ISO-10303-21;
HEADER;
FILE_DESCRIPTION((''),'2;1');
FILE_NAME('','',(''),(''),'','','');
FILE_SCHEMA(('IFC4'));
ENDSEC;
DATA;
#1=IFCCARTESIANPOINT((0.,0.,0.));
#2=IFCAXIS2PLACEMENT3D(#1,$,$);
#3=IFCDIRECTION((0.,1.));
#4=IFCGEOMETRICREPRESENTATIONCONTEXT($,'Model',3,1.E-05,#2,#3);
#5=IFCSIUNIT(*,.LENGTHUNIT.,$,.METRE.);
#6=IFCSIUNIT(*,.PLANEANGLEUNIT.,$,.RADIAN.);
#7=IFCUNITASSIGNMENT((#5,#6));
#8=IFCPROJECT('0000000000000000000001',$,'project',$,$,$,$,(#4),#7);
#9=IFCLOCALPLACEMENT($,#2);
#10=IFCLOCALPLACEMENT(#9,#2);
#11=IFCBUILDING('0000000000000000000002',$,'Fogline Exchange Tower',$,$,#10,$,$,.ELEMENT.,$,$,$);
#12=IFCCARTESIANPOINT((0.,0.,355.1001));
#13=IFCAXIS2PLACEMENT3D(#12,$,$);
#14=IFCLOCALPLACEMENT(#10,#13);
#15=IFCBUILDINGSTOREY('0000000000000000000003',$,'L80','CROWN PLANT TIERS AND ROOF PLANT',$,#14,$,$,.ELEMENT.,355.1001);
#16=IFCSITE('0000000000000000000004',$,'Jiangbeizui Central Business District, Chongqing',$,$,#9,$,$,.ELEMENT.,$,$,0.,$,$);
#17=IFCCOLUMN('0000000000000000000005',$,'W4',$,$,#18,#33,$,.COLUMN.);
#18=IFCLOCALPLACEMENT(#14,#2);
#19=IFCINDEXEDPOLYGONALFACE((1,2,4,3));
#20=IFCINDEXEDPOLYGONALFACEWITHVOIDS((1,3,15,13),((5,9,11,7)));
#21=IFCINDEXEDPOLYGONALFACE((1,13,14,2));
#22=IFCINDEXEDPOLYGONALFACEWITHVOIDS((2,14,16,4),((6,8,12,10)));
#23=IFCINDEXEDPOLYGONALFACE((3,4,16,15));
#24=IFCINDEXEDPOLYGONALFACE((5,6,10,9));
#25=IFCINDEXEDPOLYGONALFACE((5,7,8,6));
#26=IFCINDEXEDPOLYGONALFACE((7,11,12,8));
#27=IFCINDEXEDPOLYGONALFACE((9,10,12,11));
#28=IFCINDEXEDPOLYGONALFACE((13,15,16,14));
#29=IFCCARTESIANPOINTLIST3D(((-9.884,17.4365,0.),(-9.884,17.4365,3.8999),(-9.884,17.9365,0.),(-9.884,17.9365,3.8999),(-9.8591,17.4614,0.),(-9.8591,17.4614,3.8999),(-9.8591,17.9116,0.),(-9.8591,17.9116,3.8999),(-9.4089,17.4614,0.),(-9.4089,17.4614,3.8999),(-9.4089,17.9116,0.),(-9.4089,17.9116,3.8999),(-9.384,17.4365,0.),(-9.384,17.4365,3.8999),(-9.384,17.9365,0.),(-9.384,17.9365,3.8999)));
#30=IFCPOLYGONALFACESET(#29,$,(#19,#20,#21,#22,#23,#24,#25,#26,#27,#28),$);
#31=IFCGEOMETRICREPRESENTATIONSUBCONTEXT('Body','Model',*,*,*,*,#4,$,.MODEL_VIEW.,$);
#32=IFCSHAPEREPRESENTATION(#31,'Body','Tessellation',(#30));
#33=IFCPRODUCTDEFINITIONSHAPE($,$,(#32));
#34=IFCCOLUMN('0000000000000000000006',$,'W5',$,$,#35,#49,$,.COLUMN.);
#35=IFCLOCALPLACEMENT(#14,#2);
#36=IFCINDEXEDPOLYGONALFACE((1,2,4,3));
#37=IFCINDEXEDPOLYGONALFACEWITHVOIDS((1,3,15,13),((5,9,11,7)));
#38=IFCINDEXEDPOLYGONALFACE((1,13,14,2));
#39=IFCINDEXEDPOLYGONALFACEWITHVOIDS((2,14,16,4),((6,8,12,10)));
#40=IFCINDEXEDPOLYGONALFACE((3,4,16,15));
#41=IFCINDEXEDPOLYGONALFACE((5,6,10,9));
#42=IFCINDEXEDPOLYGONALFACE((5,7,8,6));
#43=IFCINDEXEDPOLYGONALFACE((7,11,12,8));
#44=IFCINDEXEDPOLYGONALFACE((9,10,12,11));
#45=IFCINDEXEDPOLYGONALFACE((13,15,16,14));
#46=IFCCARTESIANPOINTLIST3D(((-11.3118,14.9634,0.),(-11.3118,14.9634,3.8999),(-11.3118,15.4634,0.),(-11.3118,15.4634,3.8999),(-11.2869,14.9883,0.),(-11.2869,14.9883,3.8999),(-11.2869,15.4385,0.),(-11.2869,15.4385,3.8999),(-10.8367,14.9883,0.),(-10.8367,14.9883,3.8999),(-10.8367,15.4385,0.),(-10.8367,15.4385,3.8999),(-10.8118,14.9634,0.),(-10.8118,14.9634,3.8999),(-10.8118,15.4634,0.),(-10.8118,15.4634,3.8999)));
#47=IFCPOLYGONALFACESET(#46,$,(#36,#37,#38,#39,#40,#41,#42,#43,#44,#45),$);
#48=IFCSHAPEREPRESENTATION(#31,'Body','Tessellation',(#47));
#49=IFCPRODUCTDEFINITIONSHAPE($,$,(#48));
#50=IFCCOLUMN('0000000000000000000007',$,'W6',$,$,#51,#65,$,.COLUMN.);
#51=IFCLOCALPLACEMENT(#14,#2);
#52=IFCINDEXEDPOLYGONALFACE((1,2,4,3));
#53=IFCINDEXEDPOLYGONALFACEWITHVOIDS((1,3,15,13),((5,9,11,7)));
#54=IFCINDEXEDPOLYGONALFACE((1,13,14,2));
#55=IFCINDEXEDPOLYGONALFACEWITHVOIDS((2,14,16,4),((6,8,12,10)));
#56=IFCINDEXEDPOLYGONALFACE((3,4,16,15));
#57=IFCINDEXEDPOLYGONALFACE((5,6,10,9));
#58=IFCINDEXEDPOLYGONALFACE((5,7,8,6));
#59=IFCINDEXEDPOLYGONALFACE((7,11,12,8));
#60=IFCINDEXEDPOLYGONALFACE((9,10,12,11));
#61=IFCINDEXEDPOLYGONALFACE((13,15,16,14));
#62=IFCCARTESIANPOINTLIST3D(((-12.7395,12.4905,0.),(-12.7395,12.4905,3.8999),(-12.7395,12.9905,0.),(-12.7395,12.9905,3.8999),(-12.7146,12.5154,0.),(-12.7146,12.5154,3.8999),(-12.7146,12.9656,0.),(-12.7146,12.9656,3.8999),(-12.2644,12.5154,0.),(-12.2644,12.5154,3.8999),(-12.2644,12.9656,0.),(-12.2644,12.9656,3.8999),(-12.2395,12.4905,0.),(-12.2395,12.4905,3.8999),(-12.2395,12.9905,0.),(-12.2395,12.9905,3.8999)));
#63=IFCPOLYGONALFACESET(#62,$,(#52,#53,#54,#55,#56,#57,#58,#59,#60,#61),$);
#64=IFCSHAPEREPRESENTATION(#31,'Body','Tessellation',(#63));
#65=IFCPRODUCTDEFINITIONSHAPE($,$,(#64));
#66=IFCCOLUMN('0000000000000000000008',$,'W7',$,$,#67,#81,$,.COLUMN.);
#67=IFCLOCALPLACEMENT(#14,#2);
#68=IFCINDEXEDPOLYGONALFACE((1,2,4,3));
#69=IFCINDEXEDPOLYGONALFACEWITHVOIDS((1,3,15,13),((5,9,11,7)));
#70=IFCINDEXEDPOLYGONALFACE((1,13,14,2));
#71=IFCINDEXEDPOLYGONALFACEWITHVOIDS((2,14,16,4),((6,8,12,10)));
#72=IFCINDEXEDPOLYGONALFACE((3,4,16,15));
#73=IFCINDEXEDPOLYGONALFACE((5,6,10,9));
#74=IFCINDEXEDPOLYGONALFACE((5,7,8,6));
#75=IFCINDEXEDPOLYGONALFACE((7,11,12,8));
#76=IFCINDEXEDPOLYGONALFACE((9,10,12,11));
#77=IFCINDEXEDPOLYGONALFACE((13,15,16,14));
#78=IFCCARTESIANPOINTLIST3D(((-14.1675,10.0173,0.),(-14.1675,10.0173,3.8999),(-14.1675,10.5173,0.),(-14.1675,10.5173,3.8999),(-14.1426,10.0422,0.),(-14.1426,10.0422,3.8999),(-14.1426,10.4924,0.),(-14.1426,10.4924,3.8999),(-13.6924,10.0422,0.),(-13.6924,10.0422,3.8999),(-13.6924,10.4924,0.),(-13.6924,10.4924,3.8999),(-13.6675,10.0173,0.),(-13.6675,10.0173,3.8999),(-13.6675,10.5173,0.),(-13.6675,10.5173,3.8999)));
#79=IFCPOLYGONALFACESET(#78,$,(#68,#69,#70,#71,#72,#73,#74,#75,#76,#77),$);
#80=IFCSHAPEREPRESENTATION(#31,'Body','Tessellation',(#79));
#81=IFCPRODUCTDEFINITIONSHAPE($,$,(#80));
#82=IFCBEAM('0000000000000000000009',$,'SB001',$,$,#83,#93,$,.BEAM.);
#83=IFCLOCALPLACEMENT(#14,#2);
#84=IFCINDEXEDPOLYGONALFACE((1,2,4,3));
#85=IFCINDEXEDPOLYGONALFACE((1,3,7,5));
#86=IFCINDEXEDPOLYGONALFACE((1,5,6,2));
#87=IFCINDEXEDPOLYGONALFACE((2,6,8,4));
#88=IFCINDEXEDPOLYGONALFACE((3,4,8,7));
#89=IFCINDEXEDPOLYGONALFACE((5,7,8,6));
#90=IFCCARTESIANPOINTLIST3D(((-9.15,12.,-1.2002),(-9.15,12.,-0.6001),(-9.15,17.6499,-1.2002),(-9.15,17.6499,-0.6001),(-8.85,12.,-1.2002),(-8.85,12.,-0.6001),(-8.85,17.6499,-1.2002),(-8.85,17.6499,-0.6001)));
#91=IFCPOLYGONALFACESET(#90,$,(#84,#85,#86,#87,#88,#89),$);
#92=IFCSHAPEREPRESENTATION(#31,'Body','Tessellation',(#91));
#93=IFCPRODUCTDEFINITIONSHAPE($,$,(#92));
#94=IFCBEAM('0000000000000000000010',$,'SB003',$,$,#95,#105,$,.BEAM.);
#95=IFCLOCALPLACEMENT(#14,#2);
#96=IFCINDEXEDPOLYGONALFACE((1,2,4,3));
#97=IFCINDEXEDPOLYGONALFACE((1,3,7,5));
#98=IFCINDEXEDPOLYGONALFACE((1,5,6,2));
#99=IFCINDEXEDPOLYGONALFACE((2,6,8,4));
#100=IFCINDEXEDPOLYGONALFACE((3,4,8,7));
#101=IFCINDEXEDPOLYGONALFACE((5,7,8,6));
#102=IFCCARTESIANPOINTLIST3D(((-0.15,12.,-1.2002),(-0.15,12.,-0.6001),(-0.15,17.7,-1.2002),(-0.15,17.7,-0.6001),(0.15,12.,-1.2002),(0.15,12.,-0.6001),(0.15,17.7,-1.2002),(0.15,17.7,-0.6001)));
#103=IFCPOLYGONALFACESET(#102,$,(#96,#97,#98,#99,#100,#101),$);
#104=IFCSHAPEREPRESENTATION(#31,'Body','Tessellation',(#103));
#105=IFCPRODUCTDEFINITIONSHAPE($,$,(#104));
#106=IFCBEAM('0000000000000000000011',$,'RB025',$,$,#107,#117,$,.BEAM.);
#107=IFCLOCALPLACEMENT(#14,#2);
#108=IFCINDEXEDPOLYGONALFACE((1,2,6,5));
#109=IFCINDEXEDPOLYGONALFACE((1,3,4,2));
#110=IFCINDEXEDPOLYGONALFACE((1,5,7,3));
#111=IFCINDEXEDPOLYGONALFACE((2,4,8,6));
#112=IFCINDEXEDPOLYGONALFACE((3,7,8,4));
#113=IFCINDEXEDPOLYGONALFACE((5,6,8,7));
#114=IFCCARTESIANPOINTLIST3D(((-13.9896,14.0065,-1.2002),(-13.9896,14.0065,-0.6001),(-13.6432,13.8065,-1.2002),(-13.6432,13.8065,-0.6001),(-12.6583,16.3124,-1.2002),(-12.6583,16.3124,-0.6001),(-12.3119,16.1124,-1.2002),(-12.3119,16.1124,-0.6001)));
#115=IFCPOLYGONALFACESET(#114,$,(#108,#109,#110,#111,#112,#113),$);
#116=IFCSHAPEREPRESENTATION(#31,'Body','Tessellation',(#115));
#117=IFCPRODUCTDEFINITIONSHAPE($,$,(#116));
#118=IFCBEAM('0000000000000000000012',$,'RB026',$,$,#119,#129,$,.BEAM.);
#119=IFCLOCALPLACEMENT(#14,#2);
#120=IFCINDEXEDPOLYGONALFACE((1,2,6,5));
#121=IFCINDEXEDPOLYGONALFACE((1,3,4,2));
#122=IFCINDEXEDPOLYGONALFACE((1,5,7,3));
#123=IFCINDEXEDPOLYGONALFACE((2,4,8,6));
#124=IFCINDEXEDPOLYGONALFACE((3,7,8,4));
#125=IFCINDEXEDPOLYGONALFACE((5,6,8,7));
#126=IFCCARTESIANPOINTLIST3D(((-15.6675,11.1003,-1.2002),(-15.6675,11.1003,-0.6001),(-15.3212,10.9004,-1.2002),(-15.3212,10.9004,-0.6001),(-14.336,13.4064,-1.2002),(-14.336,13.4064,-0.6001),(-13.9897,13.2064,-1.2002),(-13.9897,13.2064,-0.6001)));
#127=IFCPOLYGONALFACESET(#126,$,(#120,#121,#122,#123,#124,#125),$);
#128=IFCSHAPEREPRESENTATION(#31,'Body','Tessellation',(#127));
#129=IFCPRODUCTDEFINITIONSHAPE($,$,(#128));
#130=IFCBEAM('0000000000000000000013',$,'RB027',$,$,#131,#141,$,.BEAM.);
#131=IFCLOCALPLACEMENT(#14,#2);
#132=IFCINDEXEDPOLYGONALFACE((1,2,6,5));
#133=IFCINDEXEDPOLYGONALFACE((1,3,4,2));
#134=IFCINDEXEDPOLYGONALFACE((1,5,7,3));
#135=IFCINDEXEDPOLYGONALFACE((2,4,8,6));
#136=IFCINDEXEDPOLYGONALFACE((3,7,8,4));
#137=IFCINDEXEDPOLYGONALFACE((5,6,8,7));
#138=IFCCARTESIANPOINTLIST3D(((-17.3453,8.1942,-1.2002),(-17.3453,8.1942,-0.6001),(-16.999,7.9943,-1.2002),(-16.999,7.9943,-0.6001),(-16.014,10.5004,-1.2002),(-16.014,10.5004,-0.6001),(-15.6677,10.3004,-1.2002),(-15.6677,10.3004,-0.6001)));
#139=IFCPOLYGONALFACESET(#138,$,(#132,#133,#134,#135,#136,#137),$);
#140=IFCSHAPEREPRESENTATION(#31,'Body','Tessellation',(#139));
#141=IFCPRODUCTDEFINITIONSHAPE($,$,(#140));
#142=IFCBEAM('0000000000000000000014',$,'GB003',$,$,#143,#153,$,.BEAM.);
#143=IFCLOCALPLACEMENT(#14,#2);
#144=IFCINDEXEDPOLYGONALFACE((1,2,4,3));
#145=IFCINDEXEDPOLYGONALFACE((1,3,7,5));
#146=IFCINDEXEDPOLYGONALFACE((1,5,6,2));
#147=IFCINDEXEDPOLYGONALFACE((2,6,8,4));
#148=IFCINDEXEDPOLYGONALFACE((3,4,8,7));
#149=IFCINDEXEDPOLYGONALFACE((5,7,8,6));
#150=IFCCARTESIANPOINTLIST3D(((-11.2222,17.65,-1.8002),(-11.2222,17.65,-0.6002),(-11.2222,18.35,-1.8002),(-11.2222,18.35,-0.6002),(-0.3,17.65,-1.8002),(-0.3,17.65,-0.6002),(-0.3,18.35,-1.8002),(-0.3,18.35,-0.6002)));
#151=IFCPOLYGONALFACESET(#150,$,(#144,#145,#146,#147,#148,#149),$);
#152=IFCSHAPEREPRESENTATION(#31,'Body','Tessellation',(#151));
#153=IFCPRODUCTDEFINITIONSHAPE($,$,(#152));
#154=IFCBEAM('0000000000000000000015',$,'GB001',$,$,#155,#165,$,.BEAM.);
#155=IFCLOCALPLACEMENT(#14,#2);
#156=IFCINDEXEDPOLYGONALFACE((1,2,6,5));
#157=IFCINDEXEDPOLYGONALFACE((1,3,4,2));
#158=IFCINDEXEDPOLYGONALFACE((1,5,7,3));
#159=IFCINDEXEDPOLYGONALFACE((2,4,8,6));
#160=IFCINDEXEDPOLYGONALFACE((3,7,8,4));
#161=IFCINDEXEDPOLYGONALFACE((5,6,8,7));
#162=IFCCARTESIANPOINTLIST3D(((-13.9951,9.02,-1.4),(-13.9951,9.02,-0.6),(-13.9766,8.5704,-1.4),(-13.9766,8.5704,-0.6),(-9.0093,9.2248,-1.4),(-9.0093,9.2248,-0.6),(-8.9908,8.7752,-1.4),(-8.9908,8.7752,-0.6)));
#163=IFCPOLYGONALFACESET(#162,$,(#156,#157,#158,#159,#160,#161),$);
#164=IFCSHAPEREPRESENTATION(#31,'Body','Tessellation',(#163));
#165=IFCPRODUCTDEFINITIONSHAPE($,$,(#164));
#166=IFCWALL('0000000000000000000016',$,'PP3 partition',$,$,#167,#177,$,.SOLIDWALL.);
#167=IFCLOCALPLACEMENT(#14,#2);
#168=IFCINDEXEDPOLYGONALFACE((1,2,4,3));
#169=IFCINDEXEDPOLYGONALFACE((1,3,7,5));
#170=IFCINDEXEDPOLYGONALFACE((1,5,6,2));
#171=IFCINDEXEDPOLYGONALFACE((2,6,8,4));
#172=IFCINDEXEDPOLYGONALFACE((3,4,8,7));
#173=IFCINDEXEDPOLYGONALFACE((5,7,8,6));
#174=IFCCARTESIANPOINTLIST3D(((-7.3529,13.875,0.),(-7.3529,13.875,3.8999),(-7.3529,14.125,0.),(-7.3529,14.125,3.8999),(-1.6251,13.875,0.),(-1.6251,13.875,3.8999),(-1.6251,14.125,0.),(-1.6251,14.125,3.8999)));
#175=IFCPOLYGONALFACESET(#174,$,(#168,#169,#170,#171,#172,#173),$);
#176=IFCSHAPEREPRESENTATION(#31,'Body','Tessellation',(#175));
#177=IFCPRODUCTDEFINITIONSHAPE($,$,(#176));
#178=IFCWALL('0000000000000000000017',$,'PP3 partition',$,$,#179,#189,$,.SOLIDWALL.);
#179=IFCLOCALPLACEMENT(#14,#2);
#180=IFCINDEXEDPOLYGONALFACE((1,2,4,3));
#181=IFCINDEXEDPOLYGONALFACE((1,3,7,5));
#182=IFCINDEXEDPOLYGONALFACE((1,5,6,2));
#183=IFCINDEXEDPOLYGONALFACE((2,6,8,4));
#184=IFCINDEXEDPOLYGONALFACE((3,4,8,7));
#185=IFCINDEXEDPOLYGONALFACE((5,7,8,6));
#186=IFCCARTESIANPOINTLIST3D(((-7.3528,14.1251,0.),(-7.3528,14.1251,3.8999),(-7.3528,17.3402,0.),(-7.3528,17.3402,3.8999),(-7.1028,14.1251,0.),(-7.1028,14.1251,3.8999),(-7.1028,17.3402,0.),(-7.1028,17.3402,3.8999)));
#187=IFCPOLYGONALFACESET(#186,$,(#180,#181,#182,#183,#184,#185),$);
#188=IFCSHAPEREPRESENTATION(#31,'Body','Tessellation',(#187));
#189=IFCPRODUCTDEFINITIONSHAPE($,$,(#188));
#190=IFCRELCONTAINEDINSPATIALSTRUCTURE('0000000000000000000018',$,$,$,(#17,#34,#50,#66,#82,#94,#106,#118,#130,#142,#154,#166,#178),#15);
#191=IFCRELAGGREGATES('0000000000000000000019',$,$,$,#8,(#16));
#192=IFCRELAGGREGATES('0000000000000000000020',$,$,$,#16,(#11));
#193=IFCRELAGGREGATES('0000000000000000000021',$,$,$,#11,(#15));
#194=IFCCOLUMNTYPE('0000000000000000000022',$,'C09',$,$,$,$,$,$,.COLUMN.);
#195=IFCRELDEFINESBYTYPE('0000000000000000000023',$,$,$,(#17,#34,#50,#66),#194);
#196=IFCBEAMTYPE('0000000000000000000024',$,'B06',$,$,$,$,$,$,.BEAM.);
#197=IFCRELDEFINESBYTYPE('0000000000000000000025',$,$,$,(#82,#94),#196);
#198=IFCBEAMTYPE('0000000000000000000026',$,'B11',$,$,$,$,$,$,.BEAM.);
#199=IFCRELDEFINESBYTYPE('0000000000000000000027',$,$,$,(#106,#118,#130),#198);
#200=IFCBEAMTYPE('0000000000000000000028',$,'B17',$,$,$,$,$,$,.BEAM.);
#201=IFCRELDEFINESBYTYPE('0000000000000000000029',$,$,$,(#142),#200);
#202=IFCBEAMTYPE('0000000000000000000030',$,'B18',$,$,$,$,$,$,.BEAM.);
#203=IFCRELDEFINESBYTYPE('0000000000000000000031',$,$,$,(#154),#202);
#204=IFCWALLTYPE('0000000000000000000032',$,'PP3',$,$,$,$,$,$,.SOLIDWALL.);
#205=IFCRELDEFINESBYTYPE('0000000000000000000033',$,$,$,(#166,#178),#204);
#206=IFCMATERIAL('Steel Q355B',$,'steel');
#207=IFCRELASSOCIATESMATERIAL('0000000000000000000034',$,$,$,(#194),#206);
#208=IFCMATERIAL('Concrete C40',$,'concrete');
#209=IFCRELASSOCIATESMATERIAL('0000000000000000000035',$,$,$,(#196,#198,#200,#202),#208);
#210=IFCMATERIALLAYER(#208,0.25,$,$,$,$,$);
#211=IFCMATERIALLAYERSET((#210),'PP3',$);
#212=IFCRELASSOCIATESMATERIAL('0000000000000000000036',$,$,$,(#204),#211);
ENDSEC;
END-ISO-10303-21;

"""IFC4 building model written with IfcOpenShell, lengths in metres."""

from ifc_helpers import new_model, si_unit, direction, frame, frame_2d, origin, origin_2d, place, context, subcontext, project, spatial, rectangle, hollow_rectangle, extrude, material, layer, layer_set, material_profile, profile_set, type_object, element, save


model = new_model("IFC4")

# Units and contexts
model_context = context("Model", 3, precision=1e-05, world=origin(), true_north=direction((0.0, 1.0)))
body_context = subcontext(model_context, "Body", "Model", "MODEL_VIEW")
ifc_project = project(units=[si_unit("LENGTHUNIT", "METRE"), si_unit("PLANEANGLEUNIT", "RADIAN")], contexts=[model_context])

# Site, building, storey
site_placement = place(None, origin())
site = spatial("IfcSite", under=ifc_project, at=site_placement, Name="Jiangbeizui Central Business District, Chongqing", CompositionType="ELEMENT", RefElevation=0.0)
building_placement = place(site_placement, origin())
building = spatial("IfcBuilding", under=site, at=building_placement, Name="Fogline Exchange Tower", CompositionType="ELEMENT")
storey_placement = place(building_placement, frame((0.0, 0.0, 355.1001)))
storey = spatial("IfcBuildingStorey", under=building, at=storey_placement, Name="L80", Description="CROWN PLANT TIERS AND ROOF PLANT", CompositionType="ELEMENT", Elevation=355.1001)

# Columns
ifc_material_1 = material(Name="Steel Q355B", Category="steel")
ifc_material_profile_1 = material_profile(ifc_material_1, hollow_rectangle(XDim=0.5, YDim=0.5, WallThickness=0.0249, at=origin_2d()), Name="BOX500X500X25")
ifc_profile_set_1 = profile_set([ifc_material_profile_1], Name="Steel Q355B")
column_type = type_object("IfcColumnType", Name="C09", PredefinedType="COLUMN", material=ifc_profile_set_1)
for number, where, z_axis, x_axis, name in (
    (1, (-9.634, 17.6865, 0.0), (0.0, 0.0, 1.0), (1.0, 0.0, 0.0), "W4"),
    (2, (-11.0618, 15.2134, 0.0), (0.0, 0.0, 1.0), (1.0, 0.0, 0.0), "W5"),
    (3, (-12.4895, 12.7405, 0.0), (0.0, 0.0, 1.0), (1.0, 0.0, 0.0), "W6"),
    (4, (-13.9175, 10.2673, 0.0), (0.0, 0.0, 1.0), (1.0, 0.0, 0.0), "W7"),
):
    element("IfcColumn", number, at=place(storey_placement, frame(where, z_axis=z_axis, x_axis=x_axis)), inside=storey, type_object=column_type, Name=name, PredefinedType="COLUMN", context=body_context, shape_type="SweptSolid", body=[
        extrude(hollow_rectangle(XDim=0.5, YDim=0.5, WallThickness=0.0249, at=origin_2d()), origin(), (0.0, 0.0, 1.0), 3.8999),
    ])

# Beams
ifc_material_2 = material(Name="Concrete C40", Category="concrete")
ifc_material_profile_2 = material_profile(ifc_material_2, rectangle(XDim=0.3, YDim=0.6001, at=origin_2d()), Name="RC 300x600")
ifc_profile_set_2 = profile_set([ifc_material_profile_2], Name="Concrete C40")
beam_type_1 = type_object("IfcBeamType", Name="B06", PredefinedType="BEAM", material=ifc_profile_set_2)
beam_1_placement = place(storey_placement, frame((-9.0, 12.0, -0.9001), z_axis=(0.0, 1.0, 0.0), x_axis=(-1.0, 0.0, 0.0)))
element("IfcBeam", 5, at=beam_1_placement, inside=storey, type_object=beam_type_1, Name="SB001", PredefinedType="BEAM", context=body_context, shape_type="SweptSolid", body=[
    extrude(rectangle(XDim=0.3, YDim=0.6001, at=origin_2d()), origin(), (0.0, 0.0, 1.0), 5.6499),
])
beam_2_placement = place(storey_placement, frame((0.0, 12.0, -0.9001), z_axis=(0.0, 1.0, 0.0), x_axis=(-1.0, 0.0, 0.0)))
element("IfcBeam", 6, at=beam_2_placement, inside=storey, type_object=beam_type_1, Name="SB003", PredefinedType="BEAM", context=body_context, shape_type="SweptSolid", body=[
    extrude(rectangle(XDim=0.3, YDim=0.6001, at=origin_2d()), origin(), (0.0, 0.0, 1.0), 5.7),
])
ifc_material_profile_3 = material_profile(ifc_material_2, rectangle(XDim=0.3999, YDim=0.6001, at=origin_2d()), Name="RC 400x600")
ifc_profile_set_3 = profile_set([ifc_material_profile_3], Name="Concrete C40")
beam_type_2 = type_object("IfcBeamType", Name="B11", PredefinedType="BEAM", material=ifc_profile_set_3)
beam_3_placement = place(storey_placement, frame((-12.4851, 16.2124, -0.9001), z_axis=(-0.499995, -0.866028, 0.0), x_axis=(0.866028, -0.499995, 0.0)))
element("IfcBeam", 7, at=beam_3_placement, inside=storey, type_object=beam_type_2, Name="RB025", PredefinedType="BEAM", context=body_context, shape_type="SweptSolid", body=[
    extrude(rectangle(XDim=0.3999, YDim=0.6001, at=origin_2d()), origin(), (0.0, 0.0, 1.0), 2.6626),
])
for number, where, z_axis, x_axis, name in (
    (8, (-14.1628, 13.3064, -0.9001), (-0.500024, -0.866012, 0.0), (0.866012, -0.500024, 0.0), "RB026"),
    (9, (-15.8408, 10.4004, -0.9001), (-0.499955, -0.866051, 0.0), (0.866051, -0.499955, 0.0), "RB027"),
):
    element("IfcBeam", number, at=place(storey_placement, frame(where, z_axis=z_axis, x_axis=x_axis)), inside=storey, type_object=beam_type_2, Name=name, PredefinedType="BEAM", context=body_context, shape_type="SweptSolid", body=[
        extrude(rectangle(XDim=0.3999, YDim=0.6001, at=origin_2d()), origin(), (0.0, 0.0, 1.0), 2.6628),
    ])
ifc_material_profile_4 = material_profile(ifc_material_2, rectangle(XDim=0.7, YDim=1.2, at=origin_2d()), Name="RC 700x1200")
ifc_profile_set_4 = profile_set([ifc_material_profile_4], Name="Concrete C40")
beam_type_3 = type_object("IfcBeamType", Name="B17", PredefinedType="BEAM", material=ifc_profile_set_4)
beam_4_placement = place(storey_placement, frame((-11.2222, 18.0, -1.2002), z_axis=(1.0, 0.0, 0.0), x_axis=(0.0, 1.0, 0.0)))
element("IfcBeam", 10, at=beam_4_placement, inside=storey, type_object=beam_type_3, Name="GB003", PredefinedType="BEAM", context=body_context, shape_type="SweptSolid", body=[
    extrude(rectangle(XDim=0.7, YDim=1.2, at=origin_2d()), origin(), (0.0, 0.0, 1.0), 10.9221),
])
ifc_material_profile_5 = material_profile(ifc_material_2, rectangle(XDim=0.45, YDim=0.8, at=origin_2d()), Name="RC 450x800")
ifc_profile_set_5 = profile_set([ifc_material_profile_5], Name="Concrete C40")
beam_type_4 = type_object("IfcBeamType", Name="B18", PredefinedType="BEAM", material=ifc_profile_set_5)
beam_5_placement = place(storey_placement, frame((-13.9858, 8.7952, -1.0), z_axis=(0.999157, 0.041049, 0.0), x_axis=(-0.041049, 0.999157, 0.0)))
element("IfcBeam", 11, at=beam_5_placement, inside=storey, type_object=beam_type_4, Name="GB001", PredefinedType="BEAM", context=body_context, shape_type="SweptSolid", body=[
    extrude(rectangle(XDim=0.45, YDim=0.8, at=origin_2d()), origin(), (0.0, 0.0, 1.0), 4.99),
])

# Shared definitions
ifc_layer_1 = layer(ifc_material_2, 0.25)
ifc_layer_set_1 = layer_set([ifc_layer_1], Name="PP3")
wall_type_1 = type_object("IfcWallType", Name="PP3", PredefinedType="SOLIDWALL", material=ifc_layer_set_1)

# Walls
wall_1_placement = place(storey_placement, frame((-7.3528, 14.0, 0.0), z_axis=(0.0, 0.0, 1.0), x_axis=(1.0, 0.0, 0.0)))
element("IfcWall", 12, at=wall_1_placement, inside=storey, type_object=wall_type_1, Name="PP3 partition", PredefinedType="SOLIDWALL", context=body_context, shape_type="SweptSolid", body=[
    extrude(rectangle(XDim=5.7278, YDim=0.25, at=frame_2d((2.8638, 0.0))), origin(), (0.0, 0.0, 1.0), 3.8999),
])
wall_2_placement = place(storey_placement, frame((-7.2278, 17.3401, 0.0), z_axis=(0.0, 0.0, 1.0), x_axis=(0.0, -1.0, 0.0)))
element("IfcWall", 13, at=wall_2_placement, inside=storey, type_object=wall_type_1, Name="PP3 partition", PredefinedType="SOLIDWALL", context=body_context, shape_type="SweptSolid", body=[
    extrude(rectangle(XDim=3.2151, YDim=0.25, at=frame_2d((1.6074, 0.0))), origin(), (0.0, 0.0, 1.0), 3.8999),
])

save(model, "model.ifc")
